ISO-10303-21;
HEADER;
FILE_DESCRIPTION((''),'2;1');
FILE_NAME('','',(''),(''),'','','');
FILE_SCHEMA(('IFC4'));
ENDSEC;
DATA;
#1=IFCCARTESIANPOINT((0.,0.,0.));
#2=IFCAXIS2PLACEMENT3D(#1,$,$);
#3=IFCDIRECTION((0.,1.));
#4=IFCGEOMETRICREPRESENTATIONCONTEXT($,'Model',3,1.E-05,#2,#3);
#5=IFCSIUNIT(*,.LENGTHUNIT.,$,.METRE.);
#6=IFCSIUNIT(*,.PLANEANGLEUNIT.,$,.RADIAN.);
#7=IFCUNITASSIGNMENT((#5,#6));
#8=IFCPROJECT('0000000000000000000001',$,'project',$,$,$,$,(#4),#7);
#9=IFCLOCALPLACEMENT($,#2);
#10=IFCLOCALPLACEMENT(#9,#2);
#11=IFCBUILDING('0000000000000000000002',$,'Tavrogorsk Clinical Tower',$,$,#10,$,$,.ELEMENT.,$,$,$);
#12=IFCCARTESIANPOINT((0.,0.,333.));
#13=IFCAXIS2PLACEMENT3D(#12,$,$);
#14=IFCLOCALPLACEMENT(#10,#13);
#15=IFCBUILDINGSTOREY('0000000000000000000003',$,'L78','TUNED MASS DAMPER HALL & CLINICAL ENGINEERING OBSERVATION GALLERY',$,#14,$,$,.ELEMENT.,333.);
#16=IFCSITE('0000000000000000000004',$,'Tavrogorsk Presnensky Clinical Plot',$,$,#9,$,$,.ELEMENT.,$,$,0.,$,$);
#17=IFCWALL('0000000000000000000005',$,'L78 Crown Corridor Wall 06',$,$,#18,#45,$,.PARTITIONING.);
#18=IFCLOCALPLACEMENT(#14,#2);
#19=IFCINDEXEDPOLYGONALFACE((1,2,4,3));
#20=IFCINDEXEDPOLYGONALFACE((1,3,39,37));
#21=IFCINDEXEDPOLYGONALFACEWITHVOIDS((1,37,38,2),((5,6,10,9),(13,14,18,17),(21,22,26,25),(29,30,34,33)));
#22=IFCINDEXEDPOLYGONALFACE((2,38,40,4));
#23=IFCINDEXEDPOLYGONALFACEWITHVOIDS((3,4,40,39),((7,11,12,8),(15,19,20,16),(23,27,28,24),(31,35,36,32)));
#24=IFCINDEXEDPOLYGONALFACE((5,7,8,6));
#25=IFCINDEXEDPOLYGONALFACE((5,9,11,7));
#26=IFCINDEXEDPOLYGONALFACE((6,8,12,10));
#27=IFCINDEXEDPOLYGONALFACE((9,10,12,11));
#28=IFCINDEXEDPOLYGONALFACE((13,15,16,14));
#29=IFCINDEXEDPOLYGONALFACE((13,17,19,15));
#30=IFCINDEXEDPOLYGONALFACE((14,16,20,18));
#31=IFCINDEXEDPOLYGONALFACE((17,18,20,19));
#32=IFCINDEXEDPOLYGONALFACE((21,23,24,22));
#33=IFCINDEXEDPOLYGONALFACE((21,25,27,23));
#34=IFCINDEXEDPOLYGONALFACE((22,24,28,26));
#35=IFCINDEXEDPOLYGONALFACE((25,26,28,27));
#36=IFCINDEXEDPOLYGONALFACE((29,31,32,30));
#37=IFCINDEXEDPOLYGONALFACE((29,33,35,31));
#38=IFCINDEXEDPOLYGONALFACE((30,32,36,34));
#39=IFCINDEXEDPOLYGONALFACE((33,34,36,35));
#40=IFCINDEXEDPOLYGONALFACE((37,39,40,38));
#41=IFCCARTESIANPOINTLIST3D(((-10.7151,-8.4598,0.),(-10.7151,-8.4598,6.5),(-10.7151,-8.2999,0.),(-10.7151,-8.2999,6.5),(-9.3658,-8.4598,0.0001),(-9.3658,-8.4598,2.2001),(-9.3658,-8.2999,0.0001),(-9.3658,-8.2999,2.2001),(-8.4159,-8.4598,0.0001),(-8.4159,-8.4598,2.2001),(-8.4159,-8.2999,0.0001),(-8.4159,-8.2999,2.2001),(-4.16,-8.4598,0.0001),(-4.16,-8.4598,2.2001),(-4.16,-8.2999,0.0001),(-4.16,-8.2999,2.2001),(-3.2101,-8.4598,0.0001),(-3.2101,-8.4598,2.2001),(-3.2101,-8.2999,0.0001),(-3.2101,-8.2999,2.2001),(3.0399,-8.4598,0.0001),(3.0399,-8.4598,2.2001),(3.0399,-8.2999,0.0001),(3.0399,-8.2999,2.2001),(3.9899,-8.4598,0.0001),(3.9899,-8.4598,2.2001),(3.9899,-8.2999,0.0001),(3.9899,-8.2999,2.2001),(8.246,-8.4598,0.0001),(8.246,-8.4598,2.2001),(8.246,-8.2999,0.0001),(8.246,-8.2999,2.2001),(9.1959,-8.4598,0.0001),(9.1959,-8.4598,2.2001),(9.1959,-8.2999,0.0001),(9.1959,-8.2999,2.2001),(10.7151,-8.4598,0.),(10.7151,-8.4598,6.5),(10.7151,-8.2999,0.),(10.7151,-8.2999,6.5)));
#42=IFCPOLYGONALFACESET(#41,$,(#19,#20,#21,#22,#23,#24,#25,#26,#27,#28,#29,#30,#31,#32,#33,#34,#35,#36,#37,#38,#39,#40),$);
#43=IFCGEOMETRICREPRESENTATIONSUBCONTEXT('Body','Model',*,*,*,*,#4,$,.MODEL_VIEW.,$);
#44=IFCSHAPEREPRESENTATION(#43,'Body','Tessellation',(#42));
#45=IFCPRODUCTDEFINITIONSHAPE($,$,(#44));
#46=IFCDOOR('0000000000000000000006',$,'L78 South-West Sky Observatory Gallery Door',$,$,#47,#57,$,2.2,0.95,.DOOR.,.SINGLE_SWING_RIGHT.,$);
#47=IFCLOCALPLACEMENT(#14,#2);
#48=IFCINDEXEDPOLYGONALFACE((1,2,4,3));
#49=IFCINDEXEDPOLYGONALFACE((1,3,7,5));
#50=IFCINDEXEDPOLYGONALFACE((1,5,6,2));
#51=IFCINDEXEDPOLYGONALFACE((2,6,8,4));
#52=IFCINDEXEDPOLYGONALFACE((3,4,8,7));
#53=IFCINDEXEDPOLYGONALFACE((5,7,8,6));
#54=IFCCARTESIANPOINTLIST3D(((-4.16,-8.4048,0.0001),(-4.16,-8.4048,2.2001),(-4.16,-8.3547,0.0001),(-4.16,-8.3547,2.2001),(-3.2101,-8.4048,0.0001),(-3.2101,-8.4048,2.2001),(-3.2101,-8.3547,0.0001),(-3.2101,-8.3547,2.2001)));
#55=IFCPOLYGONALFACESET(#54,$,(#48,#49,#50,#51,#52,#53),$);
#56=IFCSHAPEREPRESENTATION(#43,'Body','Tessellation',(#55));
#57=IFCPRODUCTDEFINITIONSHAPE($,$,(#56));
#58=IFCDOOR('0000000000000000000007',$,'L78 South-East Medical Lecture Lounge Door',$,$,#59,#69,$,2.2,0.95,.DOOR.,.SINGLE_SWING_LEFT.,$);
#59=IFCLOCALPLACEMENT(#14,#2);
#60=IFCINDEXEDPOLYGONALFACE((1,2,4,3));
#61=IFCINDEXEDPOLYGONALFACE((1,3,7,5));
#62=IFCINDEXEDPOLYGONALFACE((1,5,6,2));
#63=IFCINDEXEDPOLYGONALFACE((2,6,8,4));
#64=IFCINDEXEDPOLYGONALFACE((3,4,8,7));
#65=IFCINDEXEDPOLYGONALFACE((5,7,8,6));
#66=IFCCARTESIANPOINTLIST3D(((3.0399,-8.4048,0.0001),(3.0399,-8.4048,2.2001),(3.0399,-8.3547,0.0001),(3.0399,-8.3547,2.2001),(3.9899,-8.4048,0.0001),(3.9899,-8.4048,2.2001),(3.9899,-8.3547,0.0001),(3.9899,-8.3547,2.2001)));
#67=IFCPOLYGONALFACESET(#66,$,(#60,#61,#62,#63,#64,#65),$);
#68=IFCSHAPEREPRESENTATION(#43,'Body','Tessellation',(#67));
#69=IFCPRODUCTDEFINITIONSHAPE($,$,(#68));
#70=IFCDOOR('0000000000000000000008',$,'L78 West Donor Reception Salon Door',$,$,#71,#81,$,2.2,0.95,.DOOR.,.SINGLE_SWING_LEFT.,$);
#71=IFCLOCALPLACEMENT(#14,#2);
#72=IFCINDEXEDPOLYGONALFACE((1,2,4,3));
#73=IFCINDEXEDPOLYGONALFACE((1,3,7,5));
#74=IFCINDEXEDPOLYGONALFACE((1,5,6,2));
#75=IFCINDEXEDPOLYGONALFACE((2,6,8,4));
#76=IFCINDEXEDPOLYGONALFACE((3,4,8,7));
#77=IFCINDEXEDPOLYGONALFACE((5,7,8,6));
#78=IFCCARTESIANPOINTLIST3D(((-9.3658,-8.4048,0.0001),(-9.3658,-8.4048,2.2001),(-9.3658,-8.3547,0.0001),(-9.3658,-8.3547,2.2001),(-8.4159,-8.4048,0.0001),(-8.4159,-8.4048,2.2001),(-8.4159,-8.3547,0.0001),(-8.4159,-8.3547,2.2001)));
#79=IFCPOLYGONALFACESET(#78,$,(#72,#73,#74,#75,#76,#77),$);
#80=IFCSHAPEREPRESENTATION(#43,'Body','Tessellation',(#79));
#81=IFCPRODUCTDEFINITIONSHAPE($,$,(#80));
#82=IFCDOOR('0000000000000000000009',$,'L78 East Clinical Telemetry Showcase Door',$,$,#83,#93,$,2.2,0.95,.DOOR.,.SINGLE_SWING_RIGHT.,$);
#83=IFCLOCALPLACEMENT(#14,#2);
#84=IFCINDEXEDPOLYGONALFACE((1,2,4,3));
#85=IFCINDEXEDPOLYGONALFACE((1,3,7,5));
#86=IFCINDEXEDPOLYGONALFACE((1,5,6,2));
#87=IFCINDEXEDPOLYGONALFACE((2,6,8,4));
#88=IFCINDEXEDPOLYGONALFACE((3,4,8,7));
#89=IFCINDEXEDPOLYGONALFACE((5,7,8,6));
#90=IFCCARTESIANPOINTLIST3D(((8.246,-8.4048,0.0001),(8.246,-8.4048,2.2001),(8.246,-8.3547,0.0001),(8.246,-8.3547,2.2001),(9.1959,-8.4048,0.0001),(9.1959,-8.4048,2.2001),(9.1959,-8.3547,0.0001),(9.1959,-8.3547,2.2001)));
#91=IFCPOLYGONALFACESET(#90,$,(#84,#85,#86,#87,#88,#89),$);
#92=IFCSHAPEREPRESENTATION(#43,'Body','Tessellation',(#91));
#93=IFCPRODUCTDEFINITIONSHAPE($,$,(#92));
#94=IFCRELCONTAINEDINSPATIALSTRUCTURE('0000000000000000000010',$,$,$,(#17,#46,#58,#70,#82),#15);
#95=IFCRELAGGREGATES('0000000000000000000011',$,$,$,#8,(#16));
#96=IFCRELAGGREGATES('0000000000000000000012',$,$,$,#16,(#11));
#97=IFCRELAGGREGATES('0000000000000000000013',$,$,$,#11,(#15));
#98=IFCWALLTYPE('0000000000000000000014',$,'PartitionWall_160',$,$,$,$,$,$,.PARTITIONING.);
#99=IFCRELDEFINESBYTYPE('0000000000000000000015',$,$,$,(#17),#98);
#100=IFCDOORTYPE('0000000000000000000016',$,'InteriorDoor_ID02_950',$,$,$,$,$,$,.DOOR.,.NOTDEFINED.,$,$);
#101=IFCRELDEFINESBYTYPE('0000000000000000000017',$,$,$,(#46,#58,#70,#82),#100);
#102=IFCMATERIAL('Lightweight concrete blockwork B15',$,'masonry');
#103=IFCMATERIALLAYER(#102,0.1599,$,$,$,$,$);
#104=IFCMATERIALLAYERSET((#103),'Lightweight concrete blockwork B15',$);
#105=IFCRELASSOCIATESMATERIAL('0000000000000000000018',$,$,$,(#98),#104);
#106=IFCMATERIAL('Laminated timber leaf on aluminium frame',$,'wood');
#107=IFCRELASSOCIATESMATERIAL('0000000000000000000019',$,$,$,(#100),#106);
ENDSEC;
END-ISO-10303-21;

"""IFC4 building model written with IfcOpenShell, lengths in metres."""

from ifc_helpers import new_model, si_unit, direction, frame, frame_2d, origin, place, context, subcontext, project, spatial, rectangle, extrude, material, layer, layer_set, type_object, element, fill, save


model = new_model("IFC4")

# Units and contexts
model_context = context("Model", 3, precision=1e-05, world=origin(), true_north=direction((0.0, 1.0)))
body_context = subcontext(model_context, "Body", "Model", "MODEL_VIEW")
ifc_project = project(units=[si_unit("LENGTHUNIT", "METRE"), si_unit("PLANEANGLEUNIT", "RADIAN")], contexts=[model_context])

# Site, building, storey
site_placement = place(None, origin())
site = spatial("IfcSite", under=ifc_project, at=site_placement, Name="Tavrogorsk Presnensky Clinical Plot", CompositionType="ELEMENT", RefElevation=0.0)
building_placement = place(site_placement, origin())
building = spatial("IfcBuilding", under=site, at=building_placement, Name="Tavrogorsk Clinical Tower", CompositionType="ELEMENT")
storey_placement = place(building_placement, frame((0.0, 0.0, 333.0)))
storey = spatial("IfcBuildingStorey", under=building, at=storey_placement, Name="L78", Description="TUNED MASS DAMPER HALL & CLINICAL ENGINEERING OBSERVATION GALLERY", CompositionType="ELEMENT", Elevation=333.0)

# Shared definitions
ifc_material_1 = material(Name="Lightweight concrete blockwork B15", Category="masonry")
ifc_layer_1 = layer(ifc_material_1, 0.1599)
ifc_layer_set_1 = layer_set([ifc_layer_1], Name="Lightweight concrete blockwork B15")
wall_type_1 = type_object("IfcWallType", Name="PartitionWall_160", PredefinedType="PARTITIONING", material=ifc_layer_set_1)

# Wall, openings, doors
wall_1_placement = place(storey_placement, frame((10.7151, -8.3799, 0.0), z_axis=(0.0, 0.0, 1.0), x_axis=(-1.0, 0.0, 0.0)))
wall_1 = element("IfcWall", 1, at=wall_1_placement, inside=storey, type_object=wall_type_1, Name="L78 Crown Corridor Wall 06", PredefinedType="PARTITIONING", context=body_context, shape_type="SweptSolid", body=[
    extrude(rectangle(XDim=21.4302, YDim=0.1599, at=frame_2d((10.7151, 0.0))), origin(), (0.0, 0.0, 1.0), 6.5),
])
opening_1_placement = place(wall_1_placement, frame((13.925, 0.0, 0.0)))
opening_1 = element("IfcOpeningElement", 2, at=opening_1_placement, cuts=wall_1, PredefinedType="OPENING", context=body_context, shape_type="SweptSolid", body=[
    extrude(rectangle(XDim=0.95, YDim=2.2, at=frame_2d((0.4751, 1.1001))), frame((0.0, 0.0898, 0.0), z_axis=(0.0, -1.0, 0.0), x_axis=(1.0, 0.0, 0.0)), (0.0, 0.0, 1.0), 0.1799),
])
opening_2_placement = place(wall_1_placement, frame((6.7251, 0.0, 0.0)))
opening_2 = element("IfcOpeningElement", 3, at=opening_2_placement, cuts=wall_1, PredefinedType="OPENING", context=body_context, shape_type="SweptSolid", body=[
    extrude(rectangle(XDim=0.95, YDim=2.2, at=frame_2d((0.4751, 1.1001))), frame((0.0, 0.0898, 0.0), z_axis=(0.0, -1.0, 0.0), x_axis=(1.0, 0.0, 0.0)), (0.0, 0.0, 1.0), 0.1799),
])
opening_3_placement = place(wall_1_placement, frame((19.1309, 0.0, 0.0)))
opening_3 = element("IfcOpeningElement", 4, at=opening_3_placement, cuts=wall_1, PredefinedType="OPENING", context=body_context, shape_type="SweptSolid", body=[
    extrude(rectangle(XDim=0.95, YDim=2.2, at=frame_2d((0.4751, 1.1001))), frame((0.0, 0.0898, 0.0), z_axis=(0.0, -1.0, 0.0), x_axis=(1.0, 0.0, 0.0)), (0.0, 0.0, 1.0), 0.1799),
])
opening_4_placement = place(wall_1_placement, frame((1.519, 0.0, 0.0)))
opening_4 = element("IfcOpeningElement", 5, at=opening_4_placement, cuts=wall_1, PredefinedType="OPENING", context=body_context, shape_type="SweptSolid", body=[
    extrude(rectangle(XDim=0.95, YDim=2.2, at=frame_2d((0.4751, 1.1001))), frame((0.0, 0.0898, 0.0), z_axis=(0.0, -1.0, 0.0), x_axis=(1.0, 0.0, 0.0)), (0.0, 0.0, 1.0), 0.1799),
])
ifc_material_2 = material(Name="Laminated timber leaf on aluminium frame", Category="wood")
door_type = type_object("IfcDoorType", Name="InteriorDoor_ID02_950", OperationType="NOTDEFINED", PredefinedType="DOOR", material=ifc_material_2)
door_1_placement = place(opening_1_placement, origin())
door_1 = element("IfcDoor", 6, at=door_1_placement, inside=storey, type_object=door_type, Name="L78 South-West Sky Observatory Gallery Door", OperationType="SINGLE_SWING_RIGHT", OverallHeight=2.2, OverallWidth=0.95, PredefinedType="DOOR", context=body_context, shape_type="SweptSolid", body=[
    extrude(rectangle(XDim=0.95, YDim=2.2, at=frame_2d((0.4751, 1.1001))), frame((0.0, 0.0249, 0.0), z_axis=(0.0, -1.0, 0.0), x_axis=(1.0, 0.0, 0.0)), (0.0, 0.0, 1.0), 0.05),
])
fill(opening_1, door_1)
door_2_placement = place(opening_2_placement, origin())
door_2 = element("IfcDoor", 7, at=door_2_placement, inside=storey, type_object=door_type, Name="L78 South-East Medical Lecture Lounge Door", OperationType="SINGLE_SWING_LEFT", OverallHeight=2.2, OverallWidth=0.95, PredefinedType="DOOR", context=body_context, shape_type="SweptSolid", body=[
    extrude(rectangle(XDim=0.95, YDim=2.2, at=frame_2d((0.4751, 1.1001))), frame((0.0, 0.0249, 0.0), z_axis=(0.0, -1.0, 0.0), x_axis=(1.0, 0.0, 0.0)), (0.0, 0.0, 1.0), 0.05),
])
fill(opening_2, door_2)
door_3_placement = place(opening_3_placement, origin())
door_3 = element("IfcDoor", 8, at=door_3_placement, inside=storey, type_object=door_type, Name="L78 West Donor Reception Salon Door", OperationType="SINGLE_SWING_LEFT", OverallHeight=2.2, OverallWidth=0.95, PredefinedType="DOOR", context=body_context, shape_type="SweptSolid", body=[
    extrude(rectangle(XDim=0.95, YDim=2.2, at=frame_2d((0.4751, 1.1001))), frame((0.0, 0.0249, 0.0), z_axis=(0.0, -1.0, 0.0), x_axis=(1.0, 0.0, 0.0)), (0.0, 0.0, 1.0), 0.05),
])
fill(opening_3, door_3)
door_4_placement = place(opening_4_placement, origin())
door_4 = element("IfcDoor", 9, at=door_4_placement, inside=storey, type_object=door_type, Name="L78 East Clinical Telemetry Showcase Door", OperationType="SINGLE_SWING_RIGHT", OverallHeight=2.2, OverallWidth=0.95, PredefinedType="DOOR", context=body_context, shape_type="SweptSolid", body=[
    extrude(rectangle(XDim=0.95, YDim=2.2, at=frame_2d((0.4751, 1.1001))), frame((0.0, 0.0249, 0.0), z_axis=(0.0, -1.0, 0.0), x_axis=(1.0, 0.0, 0.0)), (0.0, 0.0, 1.0), 0.05),
])
fill(opening_4, door_4)

save(model, "model.ifc")
